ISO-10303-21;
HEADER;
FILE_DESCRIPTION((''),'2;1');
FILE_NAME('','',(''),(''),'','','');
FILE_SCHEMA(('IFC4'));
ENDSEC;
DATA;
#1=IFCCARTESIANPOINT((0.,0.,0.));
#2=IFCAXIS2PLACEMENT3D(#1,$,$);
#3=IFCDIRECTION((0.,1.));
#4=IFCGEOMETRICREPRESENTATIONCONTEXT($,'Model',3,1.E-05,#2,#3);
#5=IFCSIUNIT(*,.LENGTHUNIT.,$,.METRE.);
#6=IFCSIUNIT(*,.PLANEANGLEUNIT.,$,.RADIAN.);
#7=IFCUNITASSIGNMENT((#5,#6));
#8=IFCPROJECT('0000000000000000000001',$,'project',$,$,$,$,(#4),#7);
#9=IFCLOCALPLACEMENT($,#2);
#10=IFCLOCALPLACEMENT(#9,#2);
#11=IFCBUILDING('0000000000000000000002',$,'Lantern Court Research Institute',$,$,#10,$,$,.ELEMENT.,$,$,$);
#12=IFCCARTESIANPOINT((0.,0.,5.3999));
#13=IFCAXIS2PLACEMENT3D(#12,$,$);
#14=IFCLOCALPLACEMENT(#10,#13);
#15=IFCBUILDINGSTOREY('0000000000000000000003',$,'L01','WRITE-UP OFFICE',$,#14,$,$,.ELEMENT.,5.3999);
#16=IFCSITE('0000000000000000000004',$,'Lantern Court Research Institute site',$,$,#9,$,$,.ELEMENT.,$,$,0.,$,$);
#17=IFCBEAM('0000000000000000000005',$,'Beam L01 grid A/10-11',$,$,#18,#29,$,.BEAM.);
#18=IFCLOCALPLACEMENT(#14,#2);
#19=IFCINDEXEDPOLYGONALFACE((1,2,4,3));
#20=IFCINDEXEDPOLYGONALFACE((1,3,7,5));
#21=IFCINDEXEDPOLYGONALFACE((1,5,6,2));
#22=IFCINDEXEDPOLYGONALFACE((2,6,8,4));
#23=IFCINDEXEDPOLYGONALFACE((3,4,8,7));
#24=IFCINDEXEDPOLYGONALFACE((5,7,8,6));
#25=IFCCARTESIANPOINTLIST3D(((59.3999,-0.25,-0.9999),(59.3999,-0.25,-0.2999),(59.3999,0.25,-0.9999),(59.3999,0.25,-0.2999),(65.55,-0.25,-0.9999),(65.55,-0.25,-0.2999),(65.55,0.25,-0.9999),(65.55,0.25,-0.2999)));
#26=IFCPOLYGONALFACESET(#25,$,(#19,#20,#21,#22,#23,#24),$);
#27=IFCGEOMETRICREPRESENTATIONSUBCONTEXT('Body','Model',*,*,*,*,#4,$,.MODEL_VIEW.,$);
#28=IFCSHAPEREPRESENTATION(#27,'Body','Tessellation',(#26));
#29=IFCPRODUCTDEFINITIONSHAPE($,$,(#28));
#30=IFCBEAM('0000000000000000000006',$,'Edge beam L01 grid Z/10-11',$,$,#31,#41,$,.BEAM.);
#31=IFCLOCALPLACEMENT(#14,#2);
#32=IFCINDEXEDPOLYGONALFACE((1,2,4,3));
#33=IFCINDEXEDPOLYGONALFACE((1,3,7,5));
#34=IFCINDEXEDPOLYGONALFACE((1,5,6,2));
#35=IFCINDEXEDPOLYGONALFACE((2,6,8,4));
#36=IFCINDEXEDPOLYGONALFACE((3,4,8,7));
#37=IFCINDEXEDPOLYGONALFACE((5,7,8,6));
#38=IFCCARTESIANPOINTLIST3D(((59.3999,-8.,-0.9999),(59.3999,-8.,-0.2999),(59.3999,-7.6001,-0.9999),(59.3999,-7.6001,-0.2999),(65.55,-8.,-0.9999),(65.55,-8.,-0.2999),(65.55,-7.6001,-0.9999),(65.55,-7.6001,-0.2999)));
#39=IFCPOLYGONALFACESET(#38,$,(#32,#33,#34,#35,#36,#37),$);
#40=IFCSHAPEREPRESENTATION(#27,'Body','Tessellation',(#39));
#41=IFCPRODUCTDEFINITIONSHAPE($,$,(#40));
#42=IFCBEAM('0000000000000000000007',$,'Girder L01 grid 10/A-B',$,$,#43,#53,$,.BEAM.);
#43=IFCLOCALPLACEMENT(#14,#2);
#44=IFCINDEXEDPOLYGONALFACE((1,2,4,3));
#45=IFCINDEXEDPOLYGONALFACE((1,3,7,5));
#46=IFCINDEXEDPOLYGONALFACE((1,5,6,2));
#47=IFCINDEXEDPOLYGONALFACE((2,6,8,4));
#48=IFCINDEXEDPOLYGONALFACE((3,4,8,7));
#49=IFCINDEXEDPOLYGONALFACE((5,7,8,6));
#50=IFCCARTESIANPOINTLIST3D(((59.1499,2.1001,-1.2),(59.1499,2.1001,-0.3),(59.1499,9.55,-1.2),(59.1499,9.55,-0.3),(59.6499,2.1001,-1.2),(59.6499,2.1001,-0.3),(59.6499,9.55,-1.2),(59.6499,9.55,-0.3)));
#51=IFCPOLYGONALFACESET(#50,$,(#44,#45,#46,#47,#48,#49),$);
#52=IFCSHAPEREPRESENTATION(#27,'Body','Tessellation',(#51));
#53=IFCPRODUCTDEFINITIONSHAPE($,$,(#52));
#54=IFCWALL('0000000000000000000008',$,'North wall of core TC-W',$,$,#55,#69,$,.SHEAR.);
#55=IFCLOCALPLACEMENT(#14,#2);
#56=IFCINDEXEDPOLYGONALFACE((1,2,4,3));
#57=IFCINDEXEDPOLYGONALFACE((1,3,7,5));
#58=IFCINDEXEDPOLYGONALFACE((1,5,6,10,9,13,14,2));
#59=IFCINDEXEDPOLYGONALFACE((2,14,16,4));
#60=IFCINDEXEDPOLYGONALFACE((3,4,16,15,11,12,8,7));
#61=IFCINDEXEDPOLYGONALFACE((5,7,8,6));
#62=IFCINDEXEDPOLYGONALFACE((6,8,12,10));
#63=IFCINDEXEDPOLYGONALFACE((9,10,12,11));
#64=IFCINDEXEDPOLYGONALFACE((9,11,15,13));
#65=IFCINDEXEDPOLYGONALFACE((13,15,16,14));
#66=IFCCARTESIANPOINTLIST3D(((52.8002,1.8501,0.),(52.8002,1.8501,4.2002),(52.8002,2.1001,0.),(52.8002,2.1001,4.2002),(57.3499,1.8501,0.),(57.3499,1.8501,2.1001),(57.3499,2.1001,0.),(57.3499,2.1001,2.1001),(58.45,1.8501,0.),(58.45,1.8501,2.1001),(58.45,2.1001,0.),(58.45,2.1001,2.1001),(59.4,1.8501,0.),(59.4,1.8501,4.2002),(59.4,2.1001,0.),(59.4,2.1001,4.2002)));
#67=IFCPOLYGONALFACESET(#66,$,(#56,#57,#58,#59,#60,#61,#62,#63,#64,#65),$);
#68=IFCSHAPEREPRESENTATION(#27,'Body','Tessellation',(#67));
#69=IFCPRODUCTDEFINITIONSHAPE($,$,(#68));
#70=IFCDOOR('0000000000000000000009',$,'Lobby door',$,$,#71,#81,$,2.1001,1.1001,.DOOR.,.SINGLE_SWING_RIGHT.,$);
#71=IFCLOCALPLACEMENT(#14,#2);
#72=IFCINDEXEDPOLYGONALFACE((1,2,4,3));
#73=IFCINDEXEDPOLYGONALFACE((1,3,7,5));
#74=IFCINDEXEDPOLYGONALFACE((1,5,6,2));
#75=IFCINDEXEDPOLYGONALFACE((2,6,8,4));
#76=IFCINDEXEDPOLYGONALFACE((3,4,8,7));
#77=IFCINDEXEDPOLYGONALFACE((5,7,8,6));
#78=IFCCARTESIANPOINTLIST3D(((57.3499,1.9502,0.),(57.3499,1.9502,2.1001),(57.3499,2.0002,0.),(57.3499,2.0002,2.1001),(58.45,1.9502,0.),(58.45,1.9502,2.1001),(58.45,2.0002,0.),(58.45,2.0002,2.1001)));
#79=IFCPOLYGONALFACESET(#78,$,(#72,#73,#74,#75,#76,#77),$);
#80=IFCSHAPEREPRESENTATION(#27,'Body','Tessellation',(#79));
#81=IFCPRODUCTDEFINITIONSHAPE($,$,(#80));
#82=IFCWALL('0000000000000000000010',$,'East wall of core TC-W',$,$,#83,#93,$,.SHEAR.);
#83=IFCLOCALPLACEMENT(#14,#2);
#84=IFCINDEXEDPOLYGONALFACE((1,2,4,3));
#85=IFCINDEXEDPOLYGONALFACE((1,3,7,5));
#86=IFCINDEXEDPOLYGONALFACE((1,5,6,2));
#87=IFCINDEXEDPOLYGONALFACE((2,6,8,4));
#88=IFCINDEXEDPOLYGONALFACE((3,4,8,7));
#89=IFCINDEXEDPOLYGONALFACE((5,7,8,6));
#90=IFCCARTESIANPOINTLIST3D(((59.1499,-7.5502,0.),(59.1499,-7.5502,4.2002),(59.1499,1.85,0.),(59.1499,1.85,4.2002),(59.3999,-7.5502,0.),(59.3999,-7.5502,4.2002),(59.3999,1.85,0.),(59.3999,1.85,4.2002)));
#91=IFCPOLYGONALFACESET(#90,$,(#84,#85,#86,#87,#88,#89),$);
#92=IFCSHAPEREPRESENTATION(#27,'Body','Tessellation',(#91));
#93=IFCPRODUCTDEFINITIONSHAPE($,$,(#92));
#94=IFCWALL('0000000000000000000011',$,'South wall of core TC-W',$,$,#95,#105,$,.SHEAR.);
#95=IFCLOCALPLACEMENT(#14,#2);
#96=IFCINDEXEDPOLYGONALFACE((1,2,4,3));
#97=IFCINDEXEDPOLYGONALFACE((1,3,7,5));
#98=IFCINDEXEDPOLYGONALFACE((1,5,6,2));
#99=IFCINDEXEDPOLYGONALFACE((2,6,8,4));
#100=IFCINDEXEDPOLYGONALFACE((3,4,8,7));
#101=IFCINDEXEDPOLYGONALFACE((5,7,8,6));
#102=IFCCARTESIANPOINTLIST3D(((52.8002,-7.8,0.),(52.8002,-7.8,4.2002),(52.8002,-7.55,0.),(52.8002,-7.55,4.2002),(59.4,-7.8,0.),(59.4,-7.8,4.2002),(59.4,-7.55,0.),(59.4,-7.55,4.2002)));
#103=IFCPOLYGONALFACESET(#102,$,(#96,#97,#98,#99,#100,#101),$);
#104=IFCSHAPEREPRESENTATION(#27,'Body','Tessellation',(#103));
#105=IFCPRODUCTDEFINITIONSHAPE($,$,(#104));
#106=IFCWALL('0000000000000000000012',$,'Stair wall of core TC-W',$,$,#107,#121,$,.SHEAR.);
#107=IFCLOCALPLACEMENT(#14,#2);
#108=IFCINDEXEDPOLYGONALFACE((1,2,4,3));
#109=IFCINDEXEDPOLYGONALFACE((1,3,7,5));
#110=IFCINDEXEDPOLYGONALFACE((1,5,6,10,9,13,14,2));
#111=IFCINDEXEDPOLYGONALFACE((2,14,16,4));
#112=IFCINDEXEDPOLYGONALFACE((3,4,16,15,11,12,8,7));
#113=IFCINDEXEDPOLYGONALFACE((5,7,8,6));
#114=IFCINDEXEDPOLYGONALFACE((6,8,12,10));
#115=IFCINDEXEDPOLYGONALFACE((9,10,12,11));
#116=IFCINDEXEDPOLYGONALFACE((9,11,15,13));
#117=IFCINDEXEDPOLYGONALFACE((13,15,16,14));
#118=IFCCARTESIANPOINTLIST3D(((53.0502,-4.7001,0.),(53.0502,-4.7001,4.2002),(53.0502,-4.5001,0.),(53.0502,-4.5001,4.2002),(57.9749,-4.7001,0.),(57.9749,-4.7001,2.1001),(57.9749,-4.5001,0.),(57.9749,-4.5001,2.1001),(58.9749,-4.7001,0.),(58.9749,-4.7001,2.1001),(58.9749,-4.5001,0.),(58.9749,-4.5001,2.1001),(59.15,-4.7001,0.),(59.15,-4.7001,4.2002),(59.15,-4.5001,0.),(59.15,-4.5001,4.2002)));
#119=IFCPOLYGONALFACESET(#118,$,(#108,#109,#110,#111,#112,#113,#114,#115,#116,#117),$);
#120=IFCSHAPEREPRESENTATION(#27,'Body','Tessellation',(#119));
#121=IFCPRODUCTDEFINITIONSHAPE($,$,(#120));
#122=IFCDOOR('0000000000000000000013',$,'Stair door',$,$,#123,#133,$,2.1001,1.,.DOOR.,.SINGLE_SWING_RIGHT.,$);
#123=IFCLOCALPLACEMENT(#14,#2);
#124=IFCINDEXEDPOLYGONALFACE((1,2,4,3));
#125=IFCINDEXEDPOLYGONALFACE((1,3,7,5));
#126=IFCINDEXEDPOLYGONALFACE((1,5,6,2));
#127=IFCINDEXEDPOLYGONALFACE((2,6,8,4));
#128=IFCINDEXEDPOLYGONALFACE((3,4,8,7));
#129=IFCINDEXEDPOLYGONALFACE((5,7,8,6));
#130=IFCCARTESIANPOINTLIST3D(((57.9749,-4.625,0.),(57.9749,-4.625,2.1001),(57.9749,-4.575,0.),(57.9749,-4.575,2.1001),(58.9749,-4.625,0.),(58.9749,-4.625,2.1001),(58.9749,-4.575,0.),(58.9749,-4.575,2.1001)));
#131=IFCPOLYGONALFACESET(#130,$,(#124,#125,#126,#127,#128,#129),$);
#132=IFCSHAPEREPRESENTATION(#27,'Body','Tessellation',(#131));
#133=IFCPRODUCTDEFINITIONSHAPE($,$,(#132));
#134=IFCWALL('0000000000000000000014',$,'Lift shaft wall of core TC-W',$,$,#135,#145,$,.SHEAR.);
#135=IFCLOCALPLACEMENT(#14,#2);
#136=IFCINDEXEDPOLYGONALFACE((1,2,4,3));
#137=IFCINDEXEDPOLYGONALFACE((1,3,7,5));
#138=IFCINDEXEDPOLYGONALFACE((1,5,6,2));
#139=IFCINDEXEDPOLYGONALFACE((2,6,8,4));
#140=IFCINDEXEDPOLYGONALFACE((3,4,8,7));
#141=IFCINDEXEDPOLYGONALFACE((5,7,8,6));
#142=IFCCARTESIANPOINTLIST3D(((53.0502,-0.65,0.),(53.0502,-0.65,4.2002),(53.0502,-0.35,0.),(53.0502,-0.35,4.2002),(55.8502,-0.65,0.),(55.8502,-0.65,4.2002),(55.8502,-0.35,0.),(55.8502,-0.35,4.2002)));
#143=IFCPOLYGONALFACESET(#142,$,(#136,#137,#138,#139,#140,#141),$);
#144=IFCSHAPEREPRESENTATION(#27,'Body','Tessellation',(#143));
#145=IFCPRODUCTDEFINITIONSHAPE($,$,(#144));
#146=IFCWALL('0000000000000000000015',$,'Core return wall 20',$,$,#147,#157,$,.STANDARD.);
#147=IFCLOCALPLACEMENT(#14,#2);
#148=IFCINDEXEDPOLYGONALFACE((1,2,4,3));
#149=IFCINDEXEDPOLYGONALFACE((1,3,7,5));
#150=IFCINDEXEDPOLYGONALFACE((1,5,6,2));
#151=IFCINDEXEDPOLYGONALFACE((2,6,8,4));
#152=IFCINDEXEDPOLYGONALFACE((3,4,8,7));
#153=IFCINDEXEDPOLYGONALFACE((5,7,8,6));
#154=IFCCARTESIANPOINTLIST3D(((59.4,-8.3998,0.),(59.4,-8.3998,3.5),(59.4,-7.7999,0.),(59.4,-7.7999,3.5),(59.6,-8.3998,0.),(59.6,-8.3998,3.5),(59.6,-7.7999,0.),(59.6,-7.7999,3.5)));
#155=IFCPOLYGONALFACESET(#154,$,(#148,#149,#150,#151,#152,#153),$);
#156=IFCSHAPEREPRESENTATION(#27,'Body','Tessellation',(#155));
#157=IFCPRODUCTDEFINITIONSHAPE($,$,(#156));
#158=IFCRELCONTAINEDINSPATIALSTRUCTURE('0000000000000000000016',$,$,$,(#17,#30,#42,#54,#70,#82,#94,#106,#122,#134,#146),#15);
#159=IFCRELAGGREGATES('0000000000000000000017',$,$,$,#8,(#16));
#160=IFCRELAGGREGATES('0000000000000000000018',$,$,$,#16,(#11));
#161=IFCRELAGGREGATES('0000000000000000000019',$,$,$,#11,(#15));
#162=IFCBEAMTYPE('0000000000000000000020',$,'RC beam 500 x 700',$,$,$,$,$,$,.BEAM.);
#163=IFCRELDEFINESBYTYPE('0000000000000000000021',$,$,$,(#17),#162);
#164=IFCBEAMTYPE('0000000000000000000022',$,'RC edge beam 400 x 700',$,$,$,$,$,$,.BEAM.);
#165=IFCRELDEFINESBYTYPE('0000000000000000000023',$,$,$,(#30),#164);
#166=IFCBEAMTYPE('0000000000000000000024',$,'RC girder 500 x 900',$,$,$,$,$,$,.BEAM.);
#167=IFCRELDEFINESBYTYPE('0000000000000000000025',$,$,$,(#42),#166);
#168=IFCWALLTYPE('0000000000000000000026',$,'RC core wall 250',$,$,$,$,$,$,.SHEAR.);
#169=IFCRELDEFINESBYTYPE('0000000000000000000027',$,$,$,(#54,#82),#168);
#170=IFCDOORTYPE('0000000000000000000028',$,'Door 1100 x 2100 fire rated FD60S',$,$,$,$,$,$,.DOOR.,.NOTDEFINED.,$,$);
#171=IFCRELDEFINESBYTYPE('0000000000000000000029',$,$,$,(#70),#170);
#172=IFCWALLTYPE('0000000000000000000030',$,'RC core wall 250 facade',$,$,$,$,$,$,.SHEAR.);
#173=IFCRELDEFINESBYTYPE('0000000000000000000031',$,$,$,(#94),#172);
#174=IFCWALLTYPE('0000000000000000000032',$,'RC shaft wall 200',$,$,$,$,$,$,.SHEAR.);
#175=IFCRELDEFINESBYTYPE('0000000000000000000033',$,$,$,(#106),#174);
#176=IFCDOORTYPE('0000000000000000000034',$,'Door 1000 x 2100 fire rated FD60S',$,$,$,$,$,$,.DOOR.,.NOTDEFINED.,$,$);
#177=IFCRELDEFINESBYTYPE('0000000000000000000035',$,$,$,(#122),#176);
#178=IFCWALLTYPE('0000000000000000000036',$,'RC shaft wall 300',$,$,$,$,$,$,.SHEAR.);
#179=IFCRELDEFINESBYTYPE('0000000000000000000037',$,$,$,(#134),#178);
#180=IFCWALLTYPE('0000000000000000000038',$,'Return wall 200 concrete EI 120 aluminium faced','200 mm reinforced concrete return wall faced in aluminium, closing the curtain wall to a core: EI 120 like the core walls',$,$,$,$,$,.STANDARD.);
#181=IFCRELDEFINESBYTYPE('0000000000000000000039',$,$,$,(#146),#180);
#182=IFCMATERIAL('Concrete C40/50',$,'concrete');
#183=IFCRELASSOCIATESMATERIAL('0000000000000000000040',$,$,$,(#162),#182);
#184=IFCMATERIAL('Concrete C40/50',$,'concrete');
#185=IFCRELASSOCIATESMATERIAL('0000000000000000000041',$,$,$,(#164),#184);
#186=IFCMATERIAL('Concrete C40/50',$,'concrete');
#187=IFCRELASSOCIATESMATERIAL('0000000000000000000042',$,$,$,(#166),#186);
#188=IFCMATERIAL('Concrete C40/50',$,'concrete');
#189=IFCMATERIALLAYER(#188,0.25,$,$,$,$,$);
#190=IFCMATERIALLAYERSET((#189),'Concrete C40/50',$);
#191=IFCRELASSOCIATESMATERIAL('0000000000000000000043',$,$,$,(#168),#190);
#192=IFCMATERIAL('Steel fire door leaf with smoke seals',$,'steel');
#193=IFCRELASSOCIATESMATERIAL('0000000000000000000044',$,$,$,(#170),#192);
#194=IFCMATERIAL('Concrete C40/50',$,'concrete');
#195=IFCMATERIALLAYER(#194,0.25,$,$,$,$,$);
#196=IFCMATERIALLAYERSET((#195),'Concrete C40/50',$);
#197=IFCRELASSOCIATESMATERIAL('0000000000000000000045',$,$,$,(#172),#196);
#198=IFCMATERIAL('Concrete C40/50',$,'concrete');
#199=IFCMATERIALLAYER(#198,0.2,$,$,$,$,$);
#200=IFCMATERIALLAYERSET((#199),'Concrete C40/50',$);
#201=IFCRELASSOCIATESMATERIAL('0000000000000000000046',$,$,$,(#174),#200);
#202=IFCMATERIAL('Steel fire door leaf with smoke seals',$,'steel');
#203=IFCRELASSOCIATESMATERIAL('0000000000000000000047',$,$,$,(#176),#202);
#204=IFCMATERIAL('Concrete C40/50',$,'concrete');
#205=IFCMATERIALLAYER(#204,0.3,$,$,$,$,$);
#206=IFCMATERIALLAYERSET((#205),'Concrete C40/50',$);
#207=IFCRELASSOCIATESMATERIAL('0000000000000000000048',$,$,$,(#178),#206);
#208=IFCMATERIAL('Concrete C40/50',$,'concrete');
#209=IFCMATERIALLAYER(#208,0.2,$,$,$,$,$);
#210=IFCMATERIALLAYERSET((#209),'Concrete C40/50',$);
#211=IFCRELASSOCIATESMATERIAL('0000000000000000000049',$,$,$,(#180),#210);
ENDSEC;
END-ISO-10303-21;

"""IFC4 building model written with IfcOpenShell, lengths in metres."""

from ifc_helpers import new_model, si_unit, direction, frame, frame_2d, origin, origin_2d, place, context, subcontext, project, spatial, rectangle, extrude, material, layer, layer_set, material_profile, profile_set, type_object, element, fill, save


model = new_model("IFC4")

# Units and contexts
model_context = context("Model", 3, precision=1e-05, world=origin(), true_north=direction((0.0, 1.0)))
body_context = subcontext(model_context, "Body", "Model", "MODEL_VIEW")
ifc_project = project(units=[si_unit("LENGTHUNIT", "METRE"), si_unit("PLANEANGLEUNIT", "RADIAN")], contexts=[model_context])

# Site, building, storey
site_placement = place(None, origin())
site = spatial("IfcSite", under=ifc_project, at=site_placement, Name="Lantern Court Research Institute site", CompositionType="ELEMENT", RefElevation=0.0)
building_placement = place(site_placement, origin())
building = spatial("IfcBuilding", under=site, at=building_placement, Name="Lantern Court Research Institute", CompositionType="ELEMENT")
storey_placement = place(building_placement, frame((0.0, 0.0, 5.3999)))
storey = spatial("IfcBuildingStorey", under=building, at=storey_placement, Name="L01", Description="WRITE-UP OFFICE", CompositionType="ELEMENT", Elevation=5.3999)

# Beams
ifc_material_1 = material(Name="Concrete C40/50", Category="concrete")
ifc_material_profile_1 = material_profile(ifc_material_1, rectangle(XDim=0.5, YDim=0.7, at=origin_2d()), Name="RC beam 500 x 700")
ifc_profile_set_1 = profile_set([ifc_material_profile_1], Name="Concrete C40/50")
beam_type_1 = type_object("IfcBeamType", Name="RC beam 500 x 700", PredefinedType="BEAM", material=ifc_profile_set_1)
beam_1_placement = place(storey_placement, frame((59.3999, 0.0, -0.6499), z_axis=(1.0, 0.0, 0.0), x_axis=(0.0, 1.0, 0.0)))
element("IfcBeam", 1, at=beam_1_placement, inside=storey, type_object=beam_type_1, Name="Beam L01 grid A/10-11", PredefinedType="BEAM", context=body_context, shape_type="SweptSolid", body=[
    extrude(rectangle(XDim=0.5, YDim=0.7, at=origin_2d()), origin(), (0.0, 0.0, 1.0), 6.1501),
])
ifc_material_2 = material(Name="Concrete C40/50", Category="concrete")
ifc_material_profile_2 = material_profile(ifc_material_2, rectangle(XDim=0.3999, YDim=0.7, at=origin_2d()), Name="RC beam 400 x 700")
ifc_profile_set_2 = profile_set([ifc_material_profile_2], Name="Concrete C40/50")
beam_type_2 = type_object("IfcBeamType", Name="RC edge beam 400 x 700", PredefinedType="BEAM", material=ifc_profile_set_2)
beam_2_placement = place(storey_placement, frame((59.3999, -7.8, -0.6499), z_axis=(1.0, 0.0, 0.0), x_axis=(0.0, 1.0, 0.0)))
element("IfcBeam", 2, at=beam_2_placement, inside=storey, type_object=beam_type_2, Name="Edge beam L01 grid Z/10-11", PredefinedType="BEAM", context=body_context, shape_type="SweptSolid", body=[
    extrude(rectangle(XDim=0.3999, YDim=0.7, at=origin_2d()), origin(), (0.0, 0.0, 1.0), 6.1501),
])
ifc_material_3 = material(Name="Concrete C40/50", Category="concrete")
ifc_material_profile_3 = material_profile(ifc_material_3, rectangle(XDim=0.5, YDim=0.8999, at=origin_2d()), Name="RC beam 500 x 900")
ifc_profile_set_3 = profile_set([ifc_material_profile_3], Name="Concrete C40/50")
beam_type_3 = type_object("IfcBeamType", Name="RC girder 500 x 900", PredefinedType="BEAM", material=ifc_profile_set_3)
beam_3_placement = place(storey_placement, frame((59.3999, 2.1001, -0.75), z_axis=(0.0, 1.0, 0.0), x_axis=(-1.0, 0.0, 0.0)))
element("IfcBeam", 3, at=beam_3_placement, inside=storey, type_object=beam_type_3, Name="Girder L01 grid 10/A-B", PredefinedType="BEAM", context=body_context, shape_type="SweptSolid", body=[
    extrude(rectangle(XDim=0.5, YDim=0.8999, at=origin_2d()), origin(), (0.0, 0.0, 1.0), 7.45),
])

# Wall, opening, door
ifc_material_4 = material(Name="Concrete C40/50", Category="concrete")
ifc_layer_1 = layer(ifc_material_4, 0.25)
ifc_layer_set_1 = layer_set([ifc_layer_1], Name="Concrete C40/50")
wall_type_1 = type_object("IfcWallType", Name="RC core wall 250", PredefinedType="SHEAR", material=ifc_layer_set_1)
wall_1_placement = place(storey_placement, frame((59.3999, 1.9751, 0.0), z_axis=(0.0, 0.0, 1.0), x_axis=(-1.0, 0.0, 0.0)))
wall_1 = element("IfcWall", 4, at=wall_1_placement, inside=storey, type_object=wall_type_1, Name="North wall of core TC-W", PredefinedType="SHEAR", context=body_context, shape_type="SweptSolid", body=[
    extrude(rectangle(XDim=6.5999, YDim=0.25, at=frame_2d((3.2998, 0.0))), origin(), (0.0, 0.0, 1.0), 4.2002),
])
opening_1_placement = place(wall_1_placement, frame((0.95, 0.0, 0.0)))
opening_1 = element("IfcOpeningElement", 5, at=opening_1_placement, cuts=wall_1, PredefinedType="OPENING", context=body_context, shape_type="SweptSolid", body=[
    extrude(rectangle(XDim=1.1001, YDim=2.1001, at=frame_2d((0.55, 1.05))), frame((0.0, 0.135, 0.0), z_axis=(0.0, -1.0, 0.0), x_axis=(1.0, 0.0, 0.0)), (0.0, 0.0, 1.0), 0.27),
])
ifc_material_5 = material(Name="Steel fire door leaf with smoke seals", Category="steel")
door_type_1 = type_object("IfcDoorType", Name="Door 1100 x 2100 fire rated FD60S", OperationType="NOTDEFINED", PredefinedType="DOOR", material=ifc_material_5)
door_1_placement = place(opening_1_placement, origin())
door_1 = element("IfcDoor", 6, at=door_1_placement, inside=storey, type_object=door_type_1, Name="Lobby door", OperationType="SINGLE_SWING_RIGHT", OverallHeight=2.1001, OverallWidth=1.1001, PredefinedType="DOOR", context=body_context, shape_type="SweptSolid", body=[
    extrude(rectangle(XDim=1.1001, YDim=2.1001, at=frame_2d((0.55, 1.05))), frame((0.0, 0.0249, 0.0), z_axis=(0.0, -1.0, 0.0), x_axis=(1.0, 0.0, 0.0)), (0.0, 0.0, 1.0), 0.05),
])
fill(opening_1, door_1)

# Walls
wall_2_placement = place(storey_placement, frame((59.2749, 1.8501, 0.0), z_axis=(0.0, 0.0, 1.0), x_axis=(0.0, -1.0, 0.0)))
element("IfcWall", 7, at=wall_2_placement, inside=storey, type_object=wall_type_1, Name="East wall of core TC-W", PredefinedType="SHEAR", context=body_context, shape_type="SweptSolid", body=[
    extrude(rectangle(XDim=9.4001, YDim=0.25, at=frame_2d((4.7002, 0.0))), origin(), (0.0, 0.0, 1.0), 4.2002),
])
ifc_material_6 = material(Name="Concrete C40/50", Category="concrete")
ifc_layer_2 = layer(ifc_material_6, 0.25)
ifc_layer_set_2 = layer_set([ifc_layer_2], Name="Concrete C40/50")
wall_type_2 = type_object("IfcWallType", Name="RC core wall 250 facade", PredefinedType="SHEAR", material=ifc_layer_set_2)
wall_3_placement = place(storey_placement, frame((59.3999, -7.675, 0.0), z_axis=(0.0, 0.0, 1.0), x_axis=(-1.0, 0.0, 0.0)))
element("IfcWall", 8, at=wall_3_placement, inside=storey, type_object=wall_type_2, Name="South wall of core TC-W", PredefinedType="SHEAR", context=body_context, shape_type="SweptSolid", body=[
    extrude(rectangle(XDim=6.5999, YDim=0.25, at=frame_2d((3.2998, 0.0))), origin(), (0.0, 0.0, 1.0), 4.2002),
])

# Wall, opening, door
ifc_material_7 = material(Name="Concrete C40/50", Category="concrete")
ifc_layer_3 = layer(ifc_material_7, 0.2)
ifc_layer_set_3 = layer_set([ifc_layer_3], Name="Concrete C40/50")
wall_type_3 = type_object("IfcWallType", Name="RC shaft wall 200", PredefinedType="SHEAR", material=ifc_layer_set_3)
wall_4_placement = place(storey_placement, frame((59.1499, -4.6001, 0.0), z_axis=(0.0, 0.0, 1.0), x_axis=(-1.0, 0.0, 0.0)))
wall_4 = element("IfcWall", 9, at=wall_4_placement, inside=storey, type_object=wall_type_3, Name="Stair wall of core TC-W", PredefinedType="SHEAR", context=body_context, shape_type="SweptSolid", body=[
    extrude(rectangle(XDim=6.0999, YDim=0.2, at=frame_2d((3.0498, 0.0))), origin(), (0.0, 0.0, 1.0), 4.2002),
])
opening_2_placement = place(wall_4_placement, frame((0.175, 0.0, 0.0)))
opening_2 = element("IfcOpeningElement", 10, at=opening_2_placement, cuts=wall_4, PredefinedType="OPENING", context=body_context, shape_type="SweptSolid", body=[
    extrude(rectangle(XDim=1.0, YDim=2.1001, at=frame_2d((0.5, 1.05))), frame((0.0, 0.1099, 0.0), z_axis=(0.0, -1.0, 0.0), x_axis=(1.0, 0.0, 0.0)), (0.0, 0.0, 1.0), 0.22),
])
ifc_material_8 = material(Name="Steel fire door leaf with smoke seals", Category="steel")
door_type_2 = type_object("IfcDoorType", Name="Door 1000 x 2100 fire rated FD60S", OperationType="NOTDEFINED", PredefinedType="DOOR", material=ifc_material_8)
door_2_placement = place(opening_2_placement, origin())
door_2 = element("IfcDoor", 11, at=door_2_placement, inside=storey, type_object=door_type_2, Name="Stair door", OperationType="SINGLE_SWING_RIGHT", OverallHeight=2.1001, OverallWidth=1.0, PredefinedType="DOOR", context=body_context, shape_type="SweptSolid", body=[
    extrude(rectangle(XDim=1.0, YDim=2.1001, at=frame_2d((0.5, 1.05))), frame((0.0, 0.0249, 0.0), z_axis=(0.0, -1.0, 0.0), x_axis=(1.0, 0.0, 0.0)), (0.0, 0.0, 1.0), 0.05),
])
fill(opening_2, door_2)

# Shared definitions
ifc_material_9 = material(Name="Concrete C40/50", Category="concrete")
ifc_layer_4 = layer(ifc_material_9, 0.3)
ifc_layer_set_4 = layer_set([ifc_layer_4], Name="Concrete C40/50")
wall_type_4 = type_object("IfcWallType", Name="RC shaft wall 300", PredefinedType="SHEAR", material=ifc_layer_set_4)

# Walls
wall_5_placement = place(storey_placement, frame((55.8501, -0.5, 0.0), z_axis=(0.0, 0.0, 1.0), x_axis=(-1.0, 0.0, 0.0)))
element("IfcWall", 12, at=wall_5_placement, inside=storey, type_object=wall_type_4, Name="Lift shaft wall of core TC-W", PredefinedType="SHEAR", context=body_context, shape_type="SweptSolid", body=[
    extrude(rectangle(XDim=2.8, YDim=0.3, at=frame_2d((1.3999, 0.0))), origin(), (0.0, 0.0, 1.0), 4.2002),
])
ifc_material_10 = material(Name="Concrete C40/50", Category="concrete")
ifc_layer_5 = layer(ifc_material_10, 0.2)
ifc_layer_set_5 = layer_set([ifc_layer_5], Name="Concrete C40/50")
wall_type_5 = type_object("IfcWallType", Name="Return wall 200 concrete EI 120 aluminium faced", Description="200 mm reinforced concrete return wall faced in aluminium, closing the curtain wall to a core: EI 120 like the core walls", PredefinedType="STANDARD", material=ifc_layer_set_5)
wall_6_placement = place(storey_placement, frame((59.5, -7.8, 0.0), z_axis=(0.0, 0.0, 1.0), x_axis=(0.0, -1.0, 0.0)))
element("IfcWall", 13, at=wall_6_placement, inside=storey, type_object=wall_type_5, Name="Core return wall 20", PredefinedType="STANDARD", context=body_context, shape_type="SweptSolid", body=[
    extrude(rectangle(XDim=0.5999, YDim=0.2, at=frame_2d((0.2998, 0.0))), origin(), (0.0, 0.0, 1.0), 3.5),
])

save(model, "model.ifc")
